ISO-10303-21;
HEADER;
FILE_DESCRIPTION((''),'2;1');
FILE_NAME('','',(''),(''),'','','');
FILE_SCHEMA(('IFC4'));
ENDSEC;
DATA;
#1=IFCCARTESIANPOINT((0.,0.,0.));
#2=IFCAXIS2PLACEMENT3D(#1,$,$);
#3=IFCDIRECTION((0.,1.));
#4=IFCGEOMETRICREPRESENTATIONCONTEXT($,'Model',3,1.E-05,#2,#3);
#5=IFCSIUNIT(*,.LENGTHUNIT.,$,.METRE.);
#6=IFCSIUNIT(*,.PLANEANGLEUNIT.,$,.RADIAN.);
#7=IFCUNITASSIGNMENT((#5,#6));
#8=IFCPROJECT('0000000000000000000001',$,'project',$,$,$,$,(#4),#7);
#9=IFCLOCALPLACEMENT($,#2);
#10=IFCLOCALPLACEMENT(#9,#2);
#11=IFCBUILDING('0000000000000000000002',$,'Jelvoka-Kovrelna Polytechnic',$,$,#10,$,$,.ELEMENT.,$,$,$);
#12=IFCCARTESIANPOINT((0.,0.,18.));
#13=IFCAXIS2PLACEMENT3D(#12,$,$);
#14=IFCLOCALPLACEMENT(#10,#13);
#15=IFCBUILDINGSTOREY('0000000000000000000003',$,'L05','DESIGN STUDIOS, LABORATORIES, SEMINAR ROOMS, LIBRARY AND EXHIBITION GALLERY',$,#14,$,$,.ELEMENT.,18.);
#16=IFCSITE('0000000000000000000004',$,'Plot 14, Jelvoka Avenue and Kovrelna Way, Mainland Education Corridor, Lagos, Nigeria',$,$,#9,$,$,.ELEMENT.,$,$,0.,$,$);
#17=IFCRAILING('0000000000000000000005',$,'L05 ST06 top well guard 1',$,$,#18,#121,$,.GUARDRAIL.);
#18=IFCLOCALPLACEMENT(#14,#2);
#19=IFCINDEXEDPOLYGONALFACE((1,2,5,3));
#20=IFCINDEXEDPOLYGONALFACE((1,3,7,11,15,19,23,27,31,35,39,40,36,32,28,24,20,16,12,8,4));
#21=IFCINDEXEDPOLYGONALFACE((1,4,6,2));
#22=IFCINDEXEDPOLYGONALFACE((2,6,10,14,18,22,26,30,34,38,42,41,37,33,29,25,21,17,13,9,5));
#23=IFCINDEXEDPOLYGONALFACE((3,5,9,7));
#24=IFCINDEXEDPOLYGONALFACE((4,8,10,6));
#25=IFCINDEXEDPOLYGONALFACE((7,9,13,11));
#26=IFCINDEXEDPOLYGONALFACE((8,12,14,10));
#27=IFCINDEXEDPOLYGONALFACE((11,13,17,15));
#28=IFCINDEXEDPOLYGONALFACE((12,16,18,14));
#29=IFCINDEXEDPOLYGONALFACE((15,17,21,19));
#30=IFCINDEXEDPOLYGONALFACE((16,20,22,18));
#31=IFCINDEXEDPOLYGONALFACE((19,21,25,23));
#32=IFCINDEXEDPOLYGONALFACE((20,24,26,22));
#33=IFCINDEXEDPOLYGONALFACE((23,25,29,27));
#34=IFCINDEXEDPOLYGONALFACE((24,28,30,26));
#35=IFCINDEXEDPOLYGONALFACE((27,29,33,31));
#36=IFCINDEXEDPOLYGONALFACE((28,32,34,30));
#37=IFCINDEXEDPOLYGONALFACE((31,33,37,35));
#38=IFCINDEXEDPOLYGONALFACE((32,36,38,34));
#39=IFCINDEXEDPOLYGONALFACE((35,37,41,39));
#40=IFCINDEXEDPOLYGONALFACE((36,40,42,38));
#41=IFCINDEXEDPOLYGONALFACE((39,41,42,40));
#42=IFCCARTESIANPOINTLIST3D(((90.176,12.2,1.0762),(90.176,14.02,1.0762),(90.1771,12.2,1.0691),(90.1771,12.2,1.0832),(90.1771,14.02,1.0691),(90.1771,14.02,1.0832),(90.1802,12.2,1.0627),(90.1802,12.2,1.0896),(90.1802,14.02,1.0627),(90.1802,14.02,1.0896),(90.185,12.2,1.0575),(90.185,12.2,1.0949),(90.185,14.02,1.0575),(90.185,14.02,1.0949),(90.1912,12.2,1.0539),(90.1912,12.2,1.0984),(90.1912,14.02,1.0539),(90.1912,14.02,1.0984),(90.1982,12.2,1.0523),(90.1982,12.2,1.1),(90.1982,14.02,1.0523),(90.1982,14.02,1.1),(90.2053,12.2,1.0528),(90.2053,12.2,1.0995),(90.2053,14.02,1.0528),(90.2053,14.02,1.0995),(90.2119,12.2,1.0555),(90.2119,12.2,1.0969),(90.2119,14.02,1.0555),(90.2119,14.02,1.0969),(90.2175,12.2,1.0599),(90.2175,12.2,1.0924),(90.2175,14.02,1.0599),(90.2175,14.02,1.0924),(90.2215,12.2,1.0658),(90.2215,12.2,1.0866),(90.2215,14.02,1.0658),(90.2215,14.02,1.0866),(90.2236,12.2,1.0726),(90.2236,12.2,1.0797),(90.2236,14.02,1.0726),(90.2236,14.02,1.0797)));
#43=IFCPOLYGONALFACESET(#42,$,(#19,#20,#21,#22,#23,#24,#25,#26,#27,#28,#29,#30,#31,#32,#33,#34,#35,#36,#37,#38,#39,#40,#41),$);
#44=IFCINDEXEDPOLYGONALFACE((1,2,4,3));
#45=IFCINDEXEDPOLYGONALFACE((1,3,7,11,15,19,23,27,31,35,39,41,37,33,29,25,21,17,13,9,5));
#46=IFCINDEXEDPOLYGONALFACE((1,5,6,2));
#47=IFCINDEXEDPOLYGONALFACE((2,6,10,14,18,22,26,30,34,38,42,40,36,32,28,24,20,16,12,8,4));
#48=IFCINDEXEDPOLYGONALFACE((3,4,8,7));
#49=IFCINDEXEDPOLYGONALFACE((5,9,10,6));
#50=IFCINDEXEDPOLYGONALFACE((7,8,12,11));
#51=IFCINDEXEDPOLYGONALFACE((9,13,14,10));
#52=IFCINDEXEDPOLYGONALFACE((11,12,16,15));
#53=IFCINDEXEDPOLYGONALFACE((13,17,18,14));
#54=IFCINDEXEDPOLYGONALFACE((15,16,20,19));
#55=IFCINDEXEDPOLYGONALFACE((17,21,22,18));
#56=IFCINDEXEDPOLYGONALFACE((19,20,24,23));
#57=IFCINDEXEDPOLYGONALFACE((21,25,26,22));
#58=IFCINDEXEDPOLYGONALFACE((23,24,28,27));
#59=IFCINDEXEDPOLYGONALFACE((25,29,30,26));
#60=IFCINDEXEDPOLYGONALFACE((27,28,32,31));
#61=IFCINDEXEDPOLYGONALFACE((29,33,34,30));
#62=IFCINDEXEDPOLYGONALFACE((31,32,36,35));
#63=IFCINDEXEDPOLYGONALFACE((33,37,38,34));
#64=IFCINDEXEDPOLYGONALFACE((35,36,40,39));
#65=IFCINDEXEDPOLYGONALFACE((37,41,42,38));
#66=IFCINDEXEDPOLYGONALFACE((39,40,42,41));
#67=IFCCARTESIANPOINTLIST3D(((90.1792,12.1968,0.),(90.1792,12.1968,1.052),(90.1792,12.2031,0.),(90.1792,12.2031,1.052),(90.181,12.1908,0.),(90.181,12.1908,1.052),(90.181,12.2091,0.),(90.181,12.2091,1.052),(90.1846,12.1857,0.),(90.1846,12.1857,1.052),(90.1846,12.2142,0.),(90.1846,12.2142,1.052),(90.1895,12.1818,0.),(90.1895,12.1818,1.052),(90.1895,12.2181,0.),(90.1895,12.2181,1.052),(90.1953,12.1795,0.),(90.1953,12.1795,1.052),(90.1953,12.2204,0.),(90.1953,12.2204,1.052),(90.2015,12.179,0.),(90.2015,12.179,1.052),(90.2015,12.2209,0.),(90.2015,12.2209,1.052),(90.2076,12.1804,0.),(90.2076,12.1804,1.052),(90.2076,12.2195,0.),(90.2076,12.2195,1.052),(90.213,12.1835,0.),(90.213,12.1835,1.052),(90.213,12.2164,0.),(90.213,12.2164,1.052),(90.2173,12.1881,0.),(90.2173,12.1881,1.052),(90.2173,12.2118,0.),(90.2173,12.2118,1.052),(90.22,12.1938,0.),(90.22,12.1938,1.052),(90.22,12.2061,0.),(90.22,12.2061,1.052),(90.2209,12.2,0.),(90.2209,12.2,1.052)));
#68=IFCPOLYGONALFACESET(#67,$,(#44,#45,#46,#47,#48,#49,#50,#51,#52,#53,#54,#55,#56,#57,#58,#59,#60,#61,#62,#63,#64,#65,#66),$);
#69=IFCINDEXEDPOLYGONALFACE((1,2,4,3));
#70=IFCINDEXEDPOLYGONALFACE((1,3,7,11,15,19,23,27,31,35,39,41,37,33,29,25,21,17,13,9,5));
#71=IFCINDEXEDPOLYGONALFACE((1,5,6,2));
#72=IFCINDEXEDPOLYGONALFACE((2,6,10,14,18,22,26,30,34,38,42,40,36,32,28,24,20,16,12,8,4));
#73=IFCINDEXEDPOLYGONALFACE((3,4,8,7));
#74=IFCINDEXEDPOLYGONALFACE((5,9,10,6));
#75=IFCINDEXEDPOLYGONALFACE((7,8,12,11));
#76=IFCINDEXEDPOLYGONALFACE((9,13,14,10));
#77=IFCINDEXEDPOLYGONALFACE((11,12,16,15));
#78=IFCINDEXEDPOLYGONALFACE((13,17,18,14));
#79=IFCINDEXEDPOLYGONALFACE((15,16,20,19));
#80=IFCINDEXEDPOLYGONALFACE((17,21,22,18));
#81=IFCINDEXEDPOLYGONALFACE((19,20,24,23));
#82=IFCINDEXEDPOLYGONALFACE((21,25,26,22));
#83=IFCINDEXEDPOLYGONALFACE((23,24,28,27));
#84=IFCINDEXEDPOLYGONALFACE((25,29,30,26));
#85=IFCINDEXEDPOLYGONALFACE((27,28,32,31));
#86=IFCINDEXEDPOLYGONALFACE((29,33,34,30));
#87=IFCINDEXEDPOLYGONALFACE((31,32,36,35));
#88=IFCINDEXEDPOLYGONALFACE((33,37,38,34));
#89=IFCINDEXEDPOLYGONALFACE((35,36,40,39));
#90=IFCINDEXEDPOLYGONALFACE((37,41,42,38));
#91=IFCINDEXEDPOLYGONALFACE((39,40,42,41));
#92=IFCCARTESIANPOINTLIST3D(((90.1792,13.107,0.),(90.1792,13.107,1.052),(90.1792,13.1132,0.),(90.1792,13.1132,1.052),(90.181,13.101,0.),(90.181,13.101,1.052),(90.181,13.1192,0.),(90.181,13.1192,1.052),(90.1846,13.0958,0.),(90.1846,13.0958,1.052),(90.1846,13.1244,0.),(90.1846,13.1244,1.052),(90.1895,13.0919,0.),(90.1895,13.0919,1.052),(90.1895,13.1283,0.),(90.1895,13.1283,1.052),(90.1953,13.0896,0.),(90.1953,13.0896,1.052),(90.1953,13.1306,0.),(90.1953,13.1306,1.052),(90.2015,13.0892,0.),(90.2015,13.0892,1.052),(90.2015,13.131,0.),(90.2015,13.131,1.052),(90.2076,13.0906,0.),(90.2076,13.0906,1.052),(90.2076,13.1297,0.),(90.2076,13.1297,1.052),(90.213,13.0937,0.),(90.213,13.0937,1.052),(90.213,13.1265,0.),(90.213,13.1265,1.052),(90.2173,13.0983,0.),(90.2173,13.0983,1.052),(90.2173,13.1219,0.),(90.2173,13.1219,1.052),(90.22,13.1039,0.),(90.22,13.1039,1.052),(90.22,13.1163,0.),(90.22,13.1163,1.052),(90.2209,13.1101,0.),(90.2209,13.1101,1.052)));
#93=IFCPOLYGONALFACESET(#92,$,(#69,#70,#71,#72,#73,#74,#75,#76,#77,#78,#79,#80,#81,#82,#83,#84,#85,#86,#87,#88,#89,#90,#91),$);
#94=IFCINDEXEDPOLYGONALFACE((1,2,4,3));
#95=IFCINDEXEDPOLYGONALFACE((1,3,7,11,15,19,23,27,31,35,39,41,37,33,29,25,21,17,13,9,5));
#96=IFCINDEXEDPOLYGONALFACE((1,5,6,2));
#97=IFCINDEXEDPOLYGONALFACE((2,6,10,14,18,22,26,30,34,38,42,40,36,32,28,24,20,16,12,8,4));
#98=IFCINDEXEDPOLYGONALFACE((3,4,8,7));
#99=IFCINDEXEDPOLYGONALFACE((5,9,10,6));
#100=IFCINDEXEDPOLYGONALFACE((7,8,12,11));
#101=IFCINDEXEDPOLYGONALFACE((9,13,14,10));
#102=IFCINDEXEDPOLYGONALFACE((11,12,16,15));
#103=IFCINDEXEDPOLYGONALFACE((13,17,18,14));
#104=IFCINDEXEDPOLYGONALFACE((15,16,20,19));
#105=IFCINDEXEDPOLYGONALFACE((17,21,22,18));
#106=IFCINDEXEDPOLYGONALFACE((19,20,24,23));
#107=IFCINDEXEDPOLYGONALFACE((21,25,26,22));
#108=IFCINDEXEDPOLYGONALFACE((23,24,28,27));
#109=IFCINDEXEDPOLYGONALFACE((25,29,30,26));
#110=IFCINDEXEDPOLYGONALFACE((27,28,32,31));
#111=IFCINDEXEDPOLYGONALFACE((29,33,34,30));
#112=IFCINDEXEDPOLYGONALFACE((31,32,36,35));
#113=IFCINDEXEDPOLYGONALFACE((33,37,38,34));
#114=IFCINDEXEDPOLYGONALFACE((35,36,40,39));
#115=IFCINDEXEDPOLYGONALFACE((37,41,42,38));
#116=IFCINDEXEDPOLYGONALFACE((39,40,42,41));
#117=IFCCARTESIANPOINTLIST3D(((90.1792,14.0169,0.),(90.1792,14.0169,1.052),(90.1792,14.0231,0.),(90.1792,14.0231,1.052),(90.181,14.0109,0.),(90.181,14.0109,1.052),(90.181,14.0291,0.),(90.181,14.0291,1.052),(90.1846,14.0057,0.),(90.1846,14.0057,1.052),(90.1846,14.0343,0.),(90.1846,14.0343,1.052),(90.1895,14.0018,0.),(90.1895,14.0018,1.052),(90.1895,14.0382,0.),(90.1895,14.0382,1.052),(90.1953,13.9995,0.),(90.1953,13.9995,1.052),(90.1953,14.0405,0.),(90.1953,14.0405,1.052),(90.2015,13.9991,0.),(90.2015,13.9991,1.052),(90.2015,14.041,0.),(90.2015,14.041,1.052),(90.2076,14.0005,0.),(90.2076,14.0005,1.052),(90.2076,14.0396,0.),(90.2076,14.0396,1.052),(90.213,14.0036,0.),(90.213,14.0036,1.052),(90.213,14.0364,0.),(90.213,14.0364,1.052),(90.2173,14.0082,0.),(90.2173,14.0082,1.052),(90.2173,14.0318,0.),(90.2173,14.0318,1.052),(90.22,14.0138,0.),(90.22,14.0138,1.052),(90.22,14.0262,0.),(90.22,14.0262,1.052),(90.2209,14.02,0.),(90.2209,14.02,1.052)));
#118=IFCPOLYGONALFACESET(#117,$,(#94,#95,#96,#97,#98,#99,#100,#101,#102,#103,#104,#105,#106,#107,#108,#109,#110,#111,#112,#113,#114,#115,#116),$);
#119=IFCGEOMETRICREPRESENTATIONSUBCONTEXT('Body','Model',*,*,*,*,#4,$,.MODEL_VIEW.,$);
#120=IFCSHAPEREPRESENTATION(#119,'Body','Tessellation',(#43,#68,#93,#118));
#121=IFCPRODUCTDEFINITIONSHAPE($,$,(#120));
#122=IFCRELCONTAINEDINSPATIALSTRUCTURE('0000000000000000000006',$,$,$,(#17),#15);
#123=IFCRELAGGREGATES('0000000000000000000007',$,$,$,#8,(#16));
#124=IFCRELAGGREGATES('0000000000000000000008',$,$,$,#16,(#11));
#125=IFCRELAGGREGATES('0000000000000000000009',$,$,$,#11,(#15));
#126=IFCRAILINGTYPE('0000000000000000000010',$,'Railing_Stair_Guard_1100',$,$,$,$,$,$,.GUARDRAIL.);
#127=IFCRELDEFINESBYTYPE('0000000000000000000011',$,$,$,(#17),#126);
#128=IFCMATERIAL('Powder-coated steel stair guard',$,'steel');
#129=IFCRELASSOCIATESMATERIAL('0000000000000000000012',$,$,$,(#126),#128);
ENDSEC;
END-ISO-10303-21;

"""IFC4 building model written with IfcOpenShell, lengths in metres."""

from ifc_helpers import new_model, si_unit, direction, frame, origin, origin_2d, place, context, subcontext, project, spatial, circle, extrude, material, type_object, element, save


model = new_model("IFC4")

# Units and contexts
model_context = context("Model", 3, precision=1e-05, world=origin(), true_north=direction((0.0, 1.0)))
body_context = subcontext(model_context, "Body", "Model", "MODEL_VIEW")
ifc_project = project(units=[si_unit("LENGTHUNIT", "METRE"), si_unit("PLANEANGLEUNIT", "RADIAN")], contexts=[model_context])

# Site, building, storey
site_placement = place(None, origin())
site = spatial("IfcSite", under=ifc_project, at=site_placement, Name="Plot 14, Jelvoka Avenue and Kovrelna Way, Mainland Education Corridor, Lagos, Nigeria", CompositionType="ELEMENT", RefElevation=0.0)
building_placement = place(site_placement, origin())
building = spatial("IfcBuilding", under=site, at=building_placement, Name="Jelvoka-Kovrelna Polytechnic", CompositionType="ELEMENT")
storey_placement = place(building_placement, frame((0.0, 0.0, 18.0)))
storey = spatial("IfcBuildingStorey", under=building, at=storey_placement, Name="L05", Description="DESIGN STUDIOS, LABORATORIES, SEMINAR ROOMS, LIBRARY AND EXHIBITION GALLERY", CompositionType="ELEMENT", Elevation=18.0)

# Railing
ifc_material_1 = material(Name="Powder-coated steel stair guard", Category="steel")
railing_type = type_object("IfcRailingType", Name="Railing_Stair_Guard_1100", PredefinedType="GUARDRAIL", material=ifc_material_1)
railing_placement = place(storey_placement, frame((90.2, 12.2, 0.0)))
element("IfcRailing", 1, at=railing_placement, inside=storey, type_object=railing_type, Name="L05 ST06 top well guard 1", PredefinedType="GUARDRAIL", context=body_context, shape_type="SweptSolid", body=[
    extrude(circle(Radius=0.0239, at=origin_2d()), frame((0.0, 0.0, 1.0762), z_axis=(0.0, 1.0, 0.0), x_axis=(-1.0, 0.0, 0.0)), (0.0, 0.0, 1.0), 1.8201),
    extrude(circle(Radius=0.021, at=origin_2d()), origin(), (0.0, 0.0, 1.0), 1.052),
    extrude(circle(Radius=0.021, at=origin_2d()), frame((0.0, 0.9102, 0.0)), (0.0, 0.0, 1.0), 1.052),
    extrude(circle(Radius=0.021, at=origin_2d()), frame((0.0, 1.8201, 0.0)), (0.0, 0.0, 1.0), 1.052),
])

save(model, "model.ifc")
